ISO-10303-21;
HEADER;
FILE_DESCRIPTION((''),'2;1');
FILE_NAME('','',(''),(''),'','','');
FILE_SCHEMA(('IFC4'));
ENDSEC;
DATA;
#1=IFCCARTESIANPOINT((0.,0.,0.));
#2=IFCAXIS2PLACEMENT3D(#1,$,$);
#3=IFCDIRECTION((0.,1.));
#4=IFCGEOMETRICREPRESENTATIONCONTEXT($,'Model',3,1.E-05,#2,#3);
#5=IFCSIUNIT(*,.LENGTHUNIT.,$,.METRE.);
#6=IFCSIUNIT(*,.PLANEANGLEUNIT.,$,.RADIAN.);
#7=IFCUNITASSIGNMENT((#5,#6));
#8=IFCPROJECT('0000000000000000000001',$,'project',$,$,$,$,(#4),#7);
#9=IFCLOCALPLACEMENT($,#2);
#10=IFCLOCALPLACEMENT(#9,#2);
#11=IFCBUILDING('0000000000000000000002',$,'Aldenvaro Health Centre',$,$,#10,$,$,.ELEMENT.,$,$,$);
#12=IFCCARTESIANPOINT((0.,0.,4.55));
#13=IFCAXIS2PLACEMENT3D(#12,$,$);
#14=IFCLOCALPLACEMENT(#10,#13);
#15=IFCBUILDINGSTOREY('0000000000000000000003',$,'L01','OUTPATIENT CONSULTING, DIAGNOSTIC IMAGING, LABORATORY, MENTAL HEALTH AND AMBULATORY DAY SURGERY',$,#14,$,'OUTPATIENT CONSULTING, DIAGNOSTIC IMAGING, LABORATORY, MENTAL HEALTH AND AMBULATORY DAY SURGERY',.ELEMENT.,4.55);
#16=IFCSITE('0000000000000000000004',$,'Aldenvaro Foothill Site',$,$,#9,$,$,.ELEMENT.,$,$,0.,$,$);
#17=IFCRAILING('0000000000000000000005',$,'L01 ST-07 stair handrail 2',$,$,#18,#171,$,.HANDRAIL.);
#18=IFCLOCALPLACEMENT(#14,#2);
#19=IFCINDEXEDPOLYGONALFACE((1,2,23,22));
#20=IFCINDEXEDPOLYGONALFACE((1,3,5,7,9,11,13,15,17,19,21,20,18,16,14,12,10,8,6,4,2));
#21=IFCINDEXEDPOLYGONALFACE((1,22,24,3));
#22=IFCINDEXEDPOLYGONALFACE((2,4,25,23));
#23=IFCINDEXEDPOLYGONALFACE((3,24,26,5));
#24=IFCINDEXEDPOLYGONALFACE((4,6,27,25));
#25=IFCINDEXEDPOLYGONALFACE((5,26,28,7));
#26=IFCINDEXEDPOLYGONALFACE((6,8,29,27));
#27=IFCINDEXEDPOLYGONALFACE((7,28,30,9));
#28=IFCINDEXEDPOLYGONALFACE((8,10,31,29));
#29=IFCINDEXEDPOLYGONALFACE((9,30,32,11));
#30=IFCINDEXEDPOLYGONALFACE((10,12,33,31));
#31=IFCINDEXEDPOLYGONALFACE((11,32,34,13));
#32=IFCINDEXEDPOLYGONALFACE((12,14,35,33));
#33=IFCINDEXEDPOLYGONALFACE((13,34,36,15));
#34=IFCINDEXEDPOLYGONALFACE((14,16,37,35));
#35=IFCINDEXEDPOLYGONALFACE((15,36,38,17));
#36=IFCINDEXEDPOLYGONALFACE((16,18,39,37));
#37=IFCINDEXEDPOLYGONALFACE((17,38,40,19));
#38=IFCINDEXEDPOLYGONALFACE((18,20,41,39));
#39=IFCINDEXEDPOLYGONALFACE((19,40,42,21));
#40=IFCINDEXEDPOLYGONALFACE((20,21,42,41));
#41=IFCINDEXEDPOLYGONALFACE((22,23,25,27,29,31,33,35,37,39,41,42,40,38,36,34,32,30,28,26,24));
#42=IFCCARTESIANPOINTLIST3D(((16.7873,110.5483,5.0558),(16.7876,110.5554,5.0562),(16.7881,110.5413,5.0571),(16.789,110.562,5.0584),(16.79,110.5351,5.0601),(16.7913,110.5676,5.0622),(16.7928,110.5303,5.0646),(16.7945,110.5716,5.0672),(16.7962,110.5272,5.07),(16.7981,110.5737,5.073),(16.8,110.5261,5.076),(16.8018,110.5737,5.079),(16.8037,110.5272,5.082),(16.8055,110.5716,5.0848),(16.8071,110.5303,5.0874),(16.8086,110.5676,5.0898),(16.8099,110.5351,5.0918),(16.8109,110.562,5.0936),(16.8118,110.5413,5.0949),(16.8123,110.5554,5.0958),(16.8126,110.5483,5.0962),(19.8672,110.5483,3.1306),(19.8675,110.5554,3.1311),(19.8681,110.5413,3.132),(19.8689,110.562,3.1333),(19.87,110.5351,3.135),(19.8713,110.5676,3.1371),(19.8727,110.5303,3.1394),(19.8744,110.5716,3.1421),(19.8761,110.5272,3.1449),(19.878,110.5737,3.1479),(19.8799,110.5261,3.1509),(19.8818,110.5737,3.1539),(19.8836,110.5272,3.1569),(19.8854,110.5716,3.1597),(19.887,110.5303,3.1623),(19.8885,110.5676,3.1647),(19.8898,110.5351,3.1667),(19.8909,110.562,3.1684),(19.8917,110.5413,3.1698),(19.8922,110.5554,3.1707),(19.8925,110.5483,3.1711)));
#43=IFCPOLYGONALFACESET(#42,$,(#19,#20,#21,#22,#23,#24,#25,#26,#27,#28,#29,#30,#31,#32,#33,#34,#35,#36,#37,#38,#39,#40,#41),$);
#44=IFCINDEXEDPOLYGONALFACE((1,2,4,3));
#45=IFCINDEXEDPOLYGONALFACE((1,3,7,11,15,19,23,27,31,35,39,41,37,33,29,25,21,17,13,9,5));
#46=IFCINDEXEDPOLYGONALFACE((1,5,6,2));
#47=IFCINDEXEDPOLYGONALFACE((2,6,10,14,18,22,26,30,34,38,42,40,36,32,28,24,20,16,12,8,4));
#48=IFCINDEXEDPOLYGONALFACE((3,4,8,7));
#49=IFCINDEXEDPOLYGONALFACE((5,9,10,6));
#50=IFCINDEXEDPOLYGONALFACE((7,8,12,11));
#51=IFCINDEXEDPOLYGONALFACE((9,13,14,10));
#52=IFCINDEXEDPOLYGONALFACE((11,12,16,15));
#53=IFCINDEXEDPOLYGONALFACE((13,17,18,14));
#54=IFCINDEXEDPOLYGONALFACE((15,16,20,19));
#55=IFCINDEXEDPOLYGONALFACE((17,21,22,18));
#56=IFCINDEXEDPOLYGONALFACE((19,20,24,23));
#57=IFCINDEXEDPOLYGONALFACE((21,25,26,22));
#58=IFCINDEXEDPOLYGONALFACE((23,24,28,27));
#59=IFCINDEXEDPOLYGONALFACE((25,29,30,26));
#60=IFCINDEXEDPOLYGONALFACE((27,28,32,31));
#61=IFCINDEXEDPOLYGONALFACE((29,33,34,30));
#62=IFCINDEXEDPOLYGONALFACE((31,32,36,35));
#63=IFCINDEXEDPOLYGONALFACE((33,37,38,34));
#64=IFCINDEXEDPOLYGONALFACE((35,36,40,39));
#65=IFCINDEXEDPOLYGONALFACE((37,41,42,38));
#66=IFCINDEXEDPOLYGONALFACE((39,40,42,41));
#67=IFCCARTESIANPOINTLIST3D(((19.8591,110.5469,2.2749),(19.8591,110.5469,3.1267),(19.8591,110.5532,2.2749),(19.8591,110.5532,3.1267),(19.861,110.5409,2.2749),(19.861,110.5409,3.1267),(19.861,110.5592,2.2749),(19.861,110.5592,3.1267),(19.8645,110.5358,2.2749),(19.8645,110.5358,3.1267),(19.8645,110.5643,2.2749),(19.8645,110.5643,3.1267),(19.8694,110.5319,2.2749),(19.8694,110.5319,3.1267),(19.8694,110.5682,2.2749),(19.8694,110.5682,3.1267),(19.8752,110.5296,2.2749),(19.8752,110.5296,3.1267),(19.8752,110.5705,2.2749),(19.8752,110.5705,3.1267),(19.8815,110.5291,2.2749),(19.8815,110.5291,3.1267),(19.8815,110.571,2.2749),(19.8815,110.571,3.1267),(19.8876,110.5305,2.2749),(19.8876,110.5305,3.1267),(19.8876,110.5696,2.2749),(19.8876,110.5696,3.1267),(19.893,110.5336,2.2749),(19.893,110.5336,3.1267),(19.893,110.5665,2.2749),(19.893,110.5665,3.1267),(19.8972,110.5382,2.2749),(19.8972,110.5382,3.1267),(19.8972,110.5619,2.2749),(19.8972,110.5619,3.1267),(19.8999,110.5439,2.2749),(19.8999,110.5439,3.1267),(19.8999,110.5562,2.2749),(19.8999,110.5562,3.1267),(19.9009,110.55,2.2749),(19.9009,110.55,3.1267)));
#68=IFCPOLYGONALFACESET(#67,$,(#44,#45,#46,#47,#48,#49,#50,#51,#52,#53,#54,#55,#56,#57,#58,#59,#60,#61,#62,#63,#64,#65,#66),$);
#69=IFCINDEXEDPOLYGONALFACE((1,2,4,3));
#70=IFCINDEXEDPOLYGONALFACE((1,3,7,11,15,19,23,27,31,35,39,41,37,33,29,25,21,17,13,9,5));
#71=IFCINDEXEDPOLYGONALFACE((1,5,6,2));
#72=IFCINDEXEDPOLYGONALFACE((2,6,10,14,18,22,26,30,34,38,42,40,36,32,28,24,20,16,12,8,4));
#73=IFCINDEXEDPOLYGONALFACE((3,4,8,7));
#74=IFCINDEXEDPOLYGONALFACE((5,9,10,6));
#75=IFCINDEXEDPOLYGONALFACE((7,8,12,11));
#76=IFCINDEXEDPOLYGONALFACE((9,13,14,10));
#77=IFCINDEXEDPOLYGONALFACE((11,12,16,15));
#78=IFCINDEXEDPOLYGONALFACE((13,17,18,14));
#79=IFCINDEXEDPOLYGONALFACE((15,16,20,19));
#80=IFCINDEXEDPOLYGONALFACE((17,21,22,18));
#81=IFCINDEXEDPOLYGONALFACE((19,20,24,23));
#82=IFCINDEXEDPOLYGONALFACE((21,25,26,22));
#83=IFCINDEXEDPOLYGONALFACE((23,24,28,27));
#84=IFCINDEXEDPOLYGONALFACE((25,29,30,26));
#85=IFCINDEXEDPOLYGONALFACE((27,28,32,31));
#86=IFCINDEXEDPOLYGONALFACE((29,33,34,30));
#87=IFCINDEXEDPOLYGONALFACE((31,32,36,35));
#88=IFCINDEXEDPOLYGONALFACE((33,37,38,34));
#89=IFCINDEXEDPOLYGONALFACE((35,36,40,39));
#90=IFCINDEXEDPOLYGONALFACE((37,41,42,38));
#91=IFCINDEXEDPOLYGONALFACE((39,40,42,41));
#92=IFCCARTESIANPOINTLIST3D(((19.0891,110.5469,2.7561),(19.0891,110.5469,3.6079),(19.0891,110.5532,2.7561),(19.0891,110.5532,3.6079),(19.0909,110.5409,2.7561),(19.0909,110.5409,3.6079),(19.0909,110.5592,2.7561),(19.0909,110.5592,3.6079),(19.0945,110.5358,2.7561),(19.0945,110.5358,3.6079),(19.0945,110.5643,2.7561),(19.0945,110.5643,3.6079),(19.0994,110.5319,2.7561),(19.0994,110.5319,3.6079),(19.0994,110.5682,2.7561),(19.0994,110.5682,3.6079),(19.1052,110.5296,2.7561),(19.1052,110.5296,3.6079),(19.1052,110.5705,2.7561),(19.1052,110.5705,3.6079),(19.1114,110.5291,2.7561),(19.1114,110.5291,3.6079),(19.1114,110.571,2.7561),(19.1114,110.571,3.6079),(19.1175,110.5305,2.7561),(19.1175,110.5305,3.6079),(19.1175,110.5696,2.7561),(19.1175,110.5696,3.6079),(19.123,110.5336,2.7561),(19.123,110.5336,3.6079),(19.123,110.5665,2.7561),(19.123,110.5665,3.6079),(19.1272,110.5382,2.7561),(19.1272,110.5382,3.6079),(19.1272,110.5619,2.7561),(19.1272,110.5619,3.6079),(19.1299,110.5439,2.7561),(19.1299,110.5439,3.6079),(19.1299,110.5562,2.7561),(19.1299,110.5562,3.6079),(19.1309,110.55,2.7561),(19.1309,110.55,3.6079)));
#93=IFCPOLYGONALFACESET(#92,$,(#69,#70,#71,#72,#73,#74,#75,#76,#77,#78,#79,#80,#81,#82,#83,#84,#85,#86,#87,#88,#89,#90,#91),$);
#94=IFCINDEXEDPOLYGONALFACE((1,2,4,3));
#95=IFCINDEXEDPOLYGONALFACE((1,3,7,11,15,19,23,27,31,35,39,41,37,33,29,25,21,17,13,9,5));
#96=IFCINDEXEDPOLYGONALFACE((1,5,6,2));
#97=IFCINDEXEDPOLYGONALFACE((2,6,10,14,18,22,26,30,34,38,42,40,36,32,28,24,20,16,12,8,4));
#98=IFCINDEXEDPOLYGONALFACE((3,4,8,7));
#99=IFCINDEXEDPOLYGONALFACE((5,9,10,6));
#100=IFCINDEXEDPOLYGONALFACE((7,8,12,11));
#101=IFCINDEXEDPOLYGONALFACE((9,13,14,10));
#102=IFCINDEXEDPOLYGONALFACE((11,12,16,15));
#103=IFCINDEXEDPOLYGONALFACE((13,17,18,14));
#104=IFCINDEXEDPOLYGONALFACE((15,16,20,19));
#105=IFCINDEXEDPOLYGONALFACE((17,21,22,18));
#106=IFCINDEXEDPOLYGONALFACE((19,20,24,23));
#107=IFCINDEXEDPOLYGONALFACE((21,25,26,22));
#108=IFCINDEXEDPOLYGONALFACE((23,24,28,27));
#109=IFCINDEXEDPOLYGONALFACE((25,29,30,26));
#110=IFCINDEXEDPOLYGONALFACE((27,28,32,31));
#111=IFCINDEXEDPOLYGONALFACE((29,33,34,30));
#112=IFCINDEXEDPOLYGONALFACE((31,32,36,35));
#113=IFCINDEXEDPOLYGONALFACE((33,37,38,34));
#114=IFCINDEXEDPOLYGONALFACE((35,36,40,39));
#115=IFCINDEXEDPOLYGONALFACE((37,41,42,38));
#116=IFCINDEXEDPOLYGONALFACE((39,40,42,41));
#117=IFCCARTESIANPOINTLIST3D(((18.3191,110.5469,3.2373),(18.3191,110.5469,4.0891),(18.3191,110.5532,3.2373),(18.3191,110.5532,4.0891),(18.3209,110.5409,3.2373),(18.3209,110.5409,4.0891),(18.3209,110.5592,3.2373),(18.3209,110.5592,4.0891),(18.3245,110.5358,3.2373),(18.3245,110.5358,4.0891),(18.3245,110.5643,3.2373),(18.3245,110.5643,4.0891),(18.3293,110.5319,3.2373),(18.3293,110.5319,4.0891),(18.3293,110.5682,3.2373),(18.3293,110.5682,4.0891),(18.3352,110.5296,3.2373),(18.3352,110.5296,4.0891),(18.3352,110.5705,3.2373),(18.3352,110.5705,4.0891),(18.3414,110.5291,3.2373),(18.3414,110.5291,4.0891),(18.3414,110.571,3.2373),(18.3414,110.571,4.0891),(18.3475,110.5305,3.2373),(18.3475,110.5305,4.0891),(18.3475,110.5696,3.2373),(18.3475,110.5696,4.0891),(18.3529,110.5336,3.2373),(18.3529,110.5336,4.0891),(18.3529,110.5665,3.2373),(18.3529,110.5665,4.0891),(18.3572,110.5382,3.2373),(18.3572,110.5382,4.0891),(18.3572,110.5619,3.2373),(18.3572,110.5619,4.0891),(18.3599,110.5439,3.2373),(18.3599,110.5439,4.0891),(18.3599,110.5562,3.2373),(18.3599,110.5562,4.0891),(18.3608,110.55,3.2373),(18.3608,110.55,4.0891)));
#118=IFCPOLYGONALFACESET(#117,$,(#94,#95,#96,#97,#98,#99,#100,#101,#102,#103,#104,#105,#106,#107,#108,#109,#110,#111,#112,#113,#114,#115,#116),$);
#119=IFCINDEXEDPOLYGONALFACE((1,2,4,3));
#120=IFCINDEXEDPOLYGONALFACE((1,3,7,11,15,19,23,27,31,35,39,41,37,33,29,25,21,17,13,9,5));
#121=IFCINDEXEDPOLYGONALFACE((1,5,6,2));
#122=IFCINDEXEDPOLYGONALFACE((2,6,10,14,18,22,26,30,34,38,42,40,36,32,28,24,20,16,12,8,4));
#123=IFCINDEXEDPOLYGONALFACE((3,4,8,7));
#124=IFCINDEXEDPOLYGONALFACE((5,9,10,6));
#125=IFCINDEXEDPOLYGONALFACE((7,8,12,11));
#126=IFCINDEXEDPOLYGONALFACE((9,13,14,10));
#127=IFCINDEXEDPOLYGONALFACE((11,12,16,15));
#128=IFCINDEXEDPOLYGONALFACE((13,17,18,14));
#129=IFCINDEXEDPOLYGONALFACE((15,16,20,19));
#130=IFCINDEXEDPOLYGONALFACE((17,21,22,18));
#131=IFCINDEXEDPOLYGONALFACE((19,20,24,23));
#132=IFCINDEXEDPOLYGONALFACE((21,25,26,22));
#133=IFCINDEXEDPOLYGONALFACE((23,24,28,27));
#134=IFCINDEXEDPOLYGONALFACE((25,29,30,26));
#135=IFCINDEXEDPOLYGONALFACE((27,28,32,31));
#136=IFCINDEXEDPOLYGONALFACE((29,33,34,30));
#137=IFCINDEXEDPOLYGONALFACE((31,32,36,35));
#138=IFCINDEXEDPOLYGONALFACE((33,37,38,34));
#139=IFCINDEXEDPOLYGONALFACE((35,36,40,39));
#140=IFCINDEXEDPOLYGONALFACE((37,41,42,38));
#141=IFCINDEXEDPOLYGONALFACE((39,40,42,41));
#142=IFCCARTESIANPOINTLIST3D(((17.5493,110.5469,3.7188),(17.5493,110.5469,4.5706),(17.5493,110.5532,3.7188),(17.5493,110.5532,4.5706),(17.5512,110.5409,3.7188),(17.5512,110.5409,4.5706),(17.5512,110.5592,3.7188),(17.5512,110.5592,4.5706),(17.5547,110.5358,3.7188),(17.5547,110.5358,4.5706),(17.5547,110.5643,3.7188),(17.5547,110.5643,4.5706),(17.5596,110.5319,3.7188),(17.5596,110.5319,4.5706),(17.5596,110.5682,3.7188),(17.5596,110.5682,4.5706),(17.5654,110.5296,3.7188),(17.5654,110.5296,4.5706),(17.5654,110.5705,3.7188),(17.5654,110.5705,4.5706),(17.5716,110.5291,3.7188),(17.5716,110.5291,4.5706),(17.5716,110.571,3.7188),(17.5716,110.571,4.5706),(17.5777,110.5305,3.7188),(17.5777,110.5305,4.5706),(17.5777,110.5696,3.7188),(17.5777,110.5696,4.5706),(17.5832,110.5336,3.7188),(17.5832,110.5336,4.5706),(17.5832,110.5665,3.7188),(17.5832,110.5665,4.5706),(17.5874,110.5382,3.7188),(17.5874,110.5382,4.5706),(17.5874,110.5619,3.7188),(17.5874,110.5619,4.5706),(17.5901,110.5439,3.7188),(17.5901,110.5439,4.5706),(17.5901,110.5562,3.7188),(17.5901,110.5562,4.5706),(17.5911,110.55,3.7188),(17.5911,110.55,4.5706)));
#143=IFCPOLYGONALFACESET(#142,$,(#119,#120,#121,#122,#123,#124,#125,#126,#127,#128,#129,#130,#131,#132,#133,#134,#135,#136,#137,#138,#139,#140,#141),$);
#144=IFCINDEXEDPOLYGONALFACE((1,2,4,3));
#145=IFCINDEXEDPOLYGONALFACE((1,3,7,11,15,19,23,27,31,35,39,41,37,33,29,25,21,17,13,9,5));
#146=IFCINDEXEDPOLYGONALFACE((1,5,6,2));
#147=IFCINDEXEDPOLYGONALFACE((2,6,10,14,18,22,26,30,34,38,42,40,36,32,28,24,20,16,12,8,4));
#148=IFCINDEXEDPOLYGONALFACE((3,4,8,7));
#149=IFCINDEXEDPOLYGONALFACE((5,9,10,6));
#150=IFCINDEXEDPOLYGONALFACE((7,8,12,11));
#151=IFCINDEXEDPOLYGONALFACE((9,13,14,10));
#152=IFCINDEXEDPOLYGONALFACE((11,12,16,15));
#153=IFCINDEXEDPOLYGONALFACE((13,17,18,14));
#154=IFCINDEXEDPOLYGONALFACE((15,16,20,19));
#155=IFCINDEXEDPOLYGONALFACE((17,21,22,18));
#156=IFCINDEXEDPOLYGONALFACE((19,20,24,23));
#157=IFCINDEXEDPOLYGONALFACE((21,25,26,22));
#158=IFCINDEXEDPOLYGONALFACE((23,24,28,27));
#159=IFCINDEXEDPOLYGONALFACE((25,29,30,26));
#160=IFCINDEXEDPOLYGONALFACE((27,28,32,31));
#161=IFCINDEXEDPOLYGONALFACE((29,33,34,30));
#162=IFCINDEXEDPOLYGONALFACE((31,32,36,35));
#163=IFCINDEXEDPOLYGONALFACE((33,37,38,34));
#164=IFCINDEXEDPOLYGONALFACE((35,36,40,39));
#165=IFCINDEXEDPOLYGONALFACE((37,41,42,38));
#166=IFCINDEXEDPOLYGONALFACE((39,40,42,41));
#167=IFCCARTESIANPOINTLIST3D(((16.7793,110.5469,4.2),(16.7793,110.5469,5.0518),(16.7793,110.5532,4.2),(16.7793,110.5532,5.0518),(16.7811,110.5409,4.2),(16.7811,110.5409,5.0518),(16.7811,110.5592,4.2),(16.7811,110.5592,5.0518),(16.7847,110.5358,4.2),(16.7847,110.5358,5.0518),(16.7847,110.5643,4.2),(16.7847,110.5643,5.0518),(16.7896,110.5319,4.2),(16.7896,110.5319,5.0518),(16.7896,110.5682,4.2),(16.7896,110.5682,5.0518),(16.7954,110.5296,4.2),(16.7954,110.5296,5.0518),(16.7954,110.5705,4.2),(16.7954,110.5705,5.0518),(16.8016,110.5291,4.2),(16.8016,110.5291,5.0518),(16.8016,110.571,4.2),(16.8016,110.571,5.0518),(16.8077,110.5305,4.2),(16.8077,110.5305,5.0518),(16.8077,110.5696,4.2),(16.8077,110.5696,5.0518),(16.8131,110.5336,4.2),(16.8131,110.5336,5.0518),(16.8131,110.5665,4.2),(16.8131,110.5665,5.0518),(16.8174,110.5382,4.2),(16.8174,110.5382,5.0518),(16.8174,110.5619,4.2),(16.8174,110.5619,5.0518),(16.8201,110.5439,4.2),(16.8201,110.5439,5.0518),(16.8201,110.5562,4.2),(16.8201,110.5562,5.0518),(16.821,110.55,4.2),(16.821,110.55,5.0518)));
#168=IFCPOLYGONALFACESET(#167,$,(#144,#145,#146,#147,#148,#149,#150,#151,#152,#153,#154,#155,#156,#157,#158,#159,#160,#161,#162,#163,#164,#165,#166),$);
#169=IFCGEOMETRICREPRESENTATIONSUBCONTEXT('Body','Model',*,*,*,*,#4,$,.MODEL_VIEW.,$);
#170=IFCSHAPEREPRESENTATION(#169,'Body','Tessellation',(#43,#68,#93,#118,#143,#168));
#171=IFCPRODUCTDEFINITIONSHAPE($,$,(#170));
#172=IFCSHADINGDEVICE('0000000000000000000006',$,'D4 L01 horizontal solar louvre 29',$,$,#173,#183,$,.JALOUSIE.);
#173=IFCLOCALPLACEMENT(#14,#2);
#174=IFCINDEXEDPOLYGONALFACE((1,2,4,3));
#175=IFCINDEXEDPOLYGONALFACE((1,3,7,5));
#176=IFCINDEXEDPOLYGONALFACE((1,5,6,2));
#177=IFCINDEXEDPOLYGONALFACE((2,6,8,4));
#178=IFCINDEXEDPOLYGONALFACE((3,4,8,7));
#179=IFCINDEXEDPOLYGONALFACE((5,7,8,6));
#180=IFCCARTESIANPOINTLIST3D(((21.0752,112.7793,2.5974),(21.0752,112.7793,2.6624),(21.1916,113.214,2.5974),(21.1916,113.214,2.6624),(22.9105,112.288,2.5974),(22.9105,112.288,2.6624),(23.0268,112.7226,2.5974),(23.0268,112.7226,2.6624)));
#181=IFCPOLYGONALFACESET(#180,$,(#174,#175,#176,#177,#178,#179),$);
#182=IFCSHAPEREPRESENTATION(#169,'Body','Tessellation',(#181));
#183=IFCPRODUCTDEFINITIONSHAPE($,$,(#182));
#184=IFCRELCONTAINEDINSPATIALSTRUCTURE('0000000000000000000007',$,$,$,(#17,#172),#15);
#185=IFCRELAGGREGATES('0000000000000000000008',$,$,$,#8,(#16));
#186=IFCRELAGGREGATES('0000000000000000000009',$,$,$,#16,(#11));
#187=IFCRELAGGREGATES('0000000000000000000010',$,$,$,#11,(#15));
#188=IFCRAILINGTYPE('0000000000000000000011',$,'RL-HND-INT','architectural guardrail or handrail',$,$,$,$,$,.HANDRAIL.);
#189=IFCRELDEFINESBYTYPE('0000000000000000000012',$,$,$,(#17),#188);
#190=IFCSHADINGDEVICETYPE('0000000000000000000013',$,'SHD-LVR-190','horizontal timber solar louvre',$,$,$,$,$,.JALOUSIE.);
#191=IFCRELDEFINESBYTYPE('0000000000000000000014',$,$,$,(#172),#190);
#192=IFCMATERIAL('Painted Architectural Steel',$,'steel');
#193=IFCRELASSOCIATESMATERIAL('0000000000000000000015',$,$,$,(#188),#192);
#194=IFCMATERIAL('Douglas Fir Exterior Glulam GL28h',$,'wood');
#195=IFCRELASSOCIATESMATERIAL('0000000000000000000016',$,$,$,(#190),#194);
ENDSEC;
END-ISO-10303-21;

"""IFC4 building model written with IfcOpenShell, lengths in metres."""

from ifc_helpers import new_model, si_unit, direction, frame, origin, origin_2d, place, context, subcontext, project, spatial, rectangle, circle, extrude, material, type_object, element, save


model = new_model("IFC4")

# Units and contexts
model_context = context("Model", 3, precision=1e-05, world=origin(), true_north=direction((0.0, 1.0)))
body_context = subcontext(model_context, "Body", "Model", "MODEL_VIEW")
ifc_project = project(units=[si_unit("LENGTHUNIT", "METRE"), si_unit("PLANEANGLEUNIT", "RADIAN")], contexts=[model_context])

# Site, building, storey
site_placement = place(None, origin())
site = spatial("IfcSite", under=ifc_project, at=site_placement, Name="Aldenvaro Foothill Site", CompositionType="ELEMENT", RefElevation=0.0)
building_placement = place(site_placement, origin())
building = spatial("IfcBuilding", under=site, at=building_placement, Name="Aldenvaro Health Centre", CompositionType="ELEMENT")
storey_placement = place(building_placement, frame((0.0, 0.0, 4.55)))
storey = spatial("IfcBuildingStorey", under=building, at=storey_placement, Name="L01", Description="OUTPATIENT CONSULTING, DIAGNOSTIC IMAGING, LABORATORY, MENTAL HEALTH AND AMBULATORY DAY SURGERY", LongName="OUTPATIENT CONSULTING, DIAGNOSTIC IMAGING, LABORATORY, MENTAL HEALTH AND AMBULATORY DAY SURGERY", CompositionType="ELEMENT", Elevation=4.55)

# Railing
ifc_material_1 = material(Name="Painted Architectural Steel", Category="steel")
railing_type_1 = type_object("IfcRailingType", Name="RL-HND-INT", Description="architectural guardrail or handrail", PredefinedType="HANDRAIL", material=ifc_material_1)
railing_1_placement = place(storey_placement, frame((19.8799, 110.55, 2.2749)))
element("IfcRailing", 1, at=railing_1_placement, inside=storey, type_object=railing_type_1, Name="L01 ST-07 stair handrail 2", PredefinedType="HANDRAIL", context=body_context, shape_type="SweptSolid", body=[
    extrude(circle(Radius=0.0239, at=origin_2d()), frame((0.0, 0.0, 0.876), z_axis=(-0.847979, 0.0, 0.530029), x_axis=(0.0, -1.0, 0.0)), (0.0, 0.0, 1.0), 3.6321),
    extrude(circle(Radius=0.021, at=origin_2d()), origin(), (0.0, 0.0, 1.0), 0.8518),
    extrude(circle(Radius=0.021, at=origin_2d()), frame((-0.77, 0.0, 0.4812)), (0.0, 0.0, 1.0), 0.8518),
    extrude(circle(Radius=0.021, at=origin_2d()), frame((-1.54, 0.0, 0.9624)), (0.0, 0.0, 1.0), 0.8518),
    extrude(circle(Radius=0.021, at=origin_2d()), frame((-2.3098, 0.0, 1.4438)), (0.0, 0.0, 1.0), 0.8518),
    extrude(circle(Radius=0.021, at=origin_2d()), frame((-3.0798, 0.0, 1.925)), (0.0, 0.0, 1.0), 0.8518),
])

# Shading device
ifc_material_2 = material(Name="Douglas Fir Exterior Glulam GL28h", Category="wood")
shading_device_type = type_object("IfcShadingDeviceType", Name="SHD-LVR-190", Description="horizontal timber solar louvre", PredefinedType="JALOUSIE", material=ifc_material_2)
shading_device_placement = place(storey_placement, frame((22.051, 112.751, 2.5974), z_axis=(0.0, 0.0, 1.0), x_axis=(0.965979, -0.258622, 0.0)))
element("IfcShadingDevice", 2, at=shading_device_placement, inside=storey, type_object=shading_device_type, Name="D4 L01 horizontal solar louvre 29", PredefinedType="JALOUSIE", context=body_context, shape_type="SweptSolid", body=[
    extrude(rectangle(XDim=1.8999, YDim=0.45, at=origin_2d()), origin(), (0.0, 0.0, 1.0), 0.0649),
])

save(model, "model.ifc")
